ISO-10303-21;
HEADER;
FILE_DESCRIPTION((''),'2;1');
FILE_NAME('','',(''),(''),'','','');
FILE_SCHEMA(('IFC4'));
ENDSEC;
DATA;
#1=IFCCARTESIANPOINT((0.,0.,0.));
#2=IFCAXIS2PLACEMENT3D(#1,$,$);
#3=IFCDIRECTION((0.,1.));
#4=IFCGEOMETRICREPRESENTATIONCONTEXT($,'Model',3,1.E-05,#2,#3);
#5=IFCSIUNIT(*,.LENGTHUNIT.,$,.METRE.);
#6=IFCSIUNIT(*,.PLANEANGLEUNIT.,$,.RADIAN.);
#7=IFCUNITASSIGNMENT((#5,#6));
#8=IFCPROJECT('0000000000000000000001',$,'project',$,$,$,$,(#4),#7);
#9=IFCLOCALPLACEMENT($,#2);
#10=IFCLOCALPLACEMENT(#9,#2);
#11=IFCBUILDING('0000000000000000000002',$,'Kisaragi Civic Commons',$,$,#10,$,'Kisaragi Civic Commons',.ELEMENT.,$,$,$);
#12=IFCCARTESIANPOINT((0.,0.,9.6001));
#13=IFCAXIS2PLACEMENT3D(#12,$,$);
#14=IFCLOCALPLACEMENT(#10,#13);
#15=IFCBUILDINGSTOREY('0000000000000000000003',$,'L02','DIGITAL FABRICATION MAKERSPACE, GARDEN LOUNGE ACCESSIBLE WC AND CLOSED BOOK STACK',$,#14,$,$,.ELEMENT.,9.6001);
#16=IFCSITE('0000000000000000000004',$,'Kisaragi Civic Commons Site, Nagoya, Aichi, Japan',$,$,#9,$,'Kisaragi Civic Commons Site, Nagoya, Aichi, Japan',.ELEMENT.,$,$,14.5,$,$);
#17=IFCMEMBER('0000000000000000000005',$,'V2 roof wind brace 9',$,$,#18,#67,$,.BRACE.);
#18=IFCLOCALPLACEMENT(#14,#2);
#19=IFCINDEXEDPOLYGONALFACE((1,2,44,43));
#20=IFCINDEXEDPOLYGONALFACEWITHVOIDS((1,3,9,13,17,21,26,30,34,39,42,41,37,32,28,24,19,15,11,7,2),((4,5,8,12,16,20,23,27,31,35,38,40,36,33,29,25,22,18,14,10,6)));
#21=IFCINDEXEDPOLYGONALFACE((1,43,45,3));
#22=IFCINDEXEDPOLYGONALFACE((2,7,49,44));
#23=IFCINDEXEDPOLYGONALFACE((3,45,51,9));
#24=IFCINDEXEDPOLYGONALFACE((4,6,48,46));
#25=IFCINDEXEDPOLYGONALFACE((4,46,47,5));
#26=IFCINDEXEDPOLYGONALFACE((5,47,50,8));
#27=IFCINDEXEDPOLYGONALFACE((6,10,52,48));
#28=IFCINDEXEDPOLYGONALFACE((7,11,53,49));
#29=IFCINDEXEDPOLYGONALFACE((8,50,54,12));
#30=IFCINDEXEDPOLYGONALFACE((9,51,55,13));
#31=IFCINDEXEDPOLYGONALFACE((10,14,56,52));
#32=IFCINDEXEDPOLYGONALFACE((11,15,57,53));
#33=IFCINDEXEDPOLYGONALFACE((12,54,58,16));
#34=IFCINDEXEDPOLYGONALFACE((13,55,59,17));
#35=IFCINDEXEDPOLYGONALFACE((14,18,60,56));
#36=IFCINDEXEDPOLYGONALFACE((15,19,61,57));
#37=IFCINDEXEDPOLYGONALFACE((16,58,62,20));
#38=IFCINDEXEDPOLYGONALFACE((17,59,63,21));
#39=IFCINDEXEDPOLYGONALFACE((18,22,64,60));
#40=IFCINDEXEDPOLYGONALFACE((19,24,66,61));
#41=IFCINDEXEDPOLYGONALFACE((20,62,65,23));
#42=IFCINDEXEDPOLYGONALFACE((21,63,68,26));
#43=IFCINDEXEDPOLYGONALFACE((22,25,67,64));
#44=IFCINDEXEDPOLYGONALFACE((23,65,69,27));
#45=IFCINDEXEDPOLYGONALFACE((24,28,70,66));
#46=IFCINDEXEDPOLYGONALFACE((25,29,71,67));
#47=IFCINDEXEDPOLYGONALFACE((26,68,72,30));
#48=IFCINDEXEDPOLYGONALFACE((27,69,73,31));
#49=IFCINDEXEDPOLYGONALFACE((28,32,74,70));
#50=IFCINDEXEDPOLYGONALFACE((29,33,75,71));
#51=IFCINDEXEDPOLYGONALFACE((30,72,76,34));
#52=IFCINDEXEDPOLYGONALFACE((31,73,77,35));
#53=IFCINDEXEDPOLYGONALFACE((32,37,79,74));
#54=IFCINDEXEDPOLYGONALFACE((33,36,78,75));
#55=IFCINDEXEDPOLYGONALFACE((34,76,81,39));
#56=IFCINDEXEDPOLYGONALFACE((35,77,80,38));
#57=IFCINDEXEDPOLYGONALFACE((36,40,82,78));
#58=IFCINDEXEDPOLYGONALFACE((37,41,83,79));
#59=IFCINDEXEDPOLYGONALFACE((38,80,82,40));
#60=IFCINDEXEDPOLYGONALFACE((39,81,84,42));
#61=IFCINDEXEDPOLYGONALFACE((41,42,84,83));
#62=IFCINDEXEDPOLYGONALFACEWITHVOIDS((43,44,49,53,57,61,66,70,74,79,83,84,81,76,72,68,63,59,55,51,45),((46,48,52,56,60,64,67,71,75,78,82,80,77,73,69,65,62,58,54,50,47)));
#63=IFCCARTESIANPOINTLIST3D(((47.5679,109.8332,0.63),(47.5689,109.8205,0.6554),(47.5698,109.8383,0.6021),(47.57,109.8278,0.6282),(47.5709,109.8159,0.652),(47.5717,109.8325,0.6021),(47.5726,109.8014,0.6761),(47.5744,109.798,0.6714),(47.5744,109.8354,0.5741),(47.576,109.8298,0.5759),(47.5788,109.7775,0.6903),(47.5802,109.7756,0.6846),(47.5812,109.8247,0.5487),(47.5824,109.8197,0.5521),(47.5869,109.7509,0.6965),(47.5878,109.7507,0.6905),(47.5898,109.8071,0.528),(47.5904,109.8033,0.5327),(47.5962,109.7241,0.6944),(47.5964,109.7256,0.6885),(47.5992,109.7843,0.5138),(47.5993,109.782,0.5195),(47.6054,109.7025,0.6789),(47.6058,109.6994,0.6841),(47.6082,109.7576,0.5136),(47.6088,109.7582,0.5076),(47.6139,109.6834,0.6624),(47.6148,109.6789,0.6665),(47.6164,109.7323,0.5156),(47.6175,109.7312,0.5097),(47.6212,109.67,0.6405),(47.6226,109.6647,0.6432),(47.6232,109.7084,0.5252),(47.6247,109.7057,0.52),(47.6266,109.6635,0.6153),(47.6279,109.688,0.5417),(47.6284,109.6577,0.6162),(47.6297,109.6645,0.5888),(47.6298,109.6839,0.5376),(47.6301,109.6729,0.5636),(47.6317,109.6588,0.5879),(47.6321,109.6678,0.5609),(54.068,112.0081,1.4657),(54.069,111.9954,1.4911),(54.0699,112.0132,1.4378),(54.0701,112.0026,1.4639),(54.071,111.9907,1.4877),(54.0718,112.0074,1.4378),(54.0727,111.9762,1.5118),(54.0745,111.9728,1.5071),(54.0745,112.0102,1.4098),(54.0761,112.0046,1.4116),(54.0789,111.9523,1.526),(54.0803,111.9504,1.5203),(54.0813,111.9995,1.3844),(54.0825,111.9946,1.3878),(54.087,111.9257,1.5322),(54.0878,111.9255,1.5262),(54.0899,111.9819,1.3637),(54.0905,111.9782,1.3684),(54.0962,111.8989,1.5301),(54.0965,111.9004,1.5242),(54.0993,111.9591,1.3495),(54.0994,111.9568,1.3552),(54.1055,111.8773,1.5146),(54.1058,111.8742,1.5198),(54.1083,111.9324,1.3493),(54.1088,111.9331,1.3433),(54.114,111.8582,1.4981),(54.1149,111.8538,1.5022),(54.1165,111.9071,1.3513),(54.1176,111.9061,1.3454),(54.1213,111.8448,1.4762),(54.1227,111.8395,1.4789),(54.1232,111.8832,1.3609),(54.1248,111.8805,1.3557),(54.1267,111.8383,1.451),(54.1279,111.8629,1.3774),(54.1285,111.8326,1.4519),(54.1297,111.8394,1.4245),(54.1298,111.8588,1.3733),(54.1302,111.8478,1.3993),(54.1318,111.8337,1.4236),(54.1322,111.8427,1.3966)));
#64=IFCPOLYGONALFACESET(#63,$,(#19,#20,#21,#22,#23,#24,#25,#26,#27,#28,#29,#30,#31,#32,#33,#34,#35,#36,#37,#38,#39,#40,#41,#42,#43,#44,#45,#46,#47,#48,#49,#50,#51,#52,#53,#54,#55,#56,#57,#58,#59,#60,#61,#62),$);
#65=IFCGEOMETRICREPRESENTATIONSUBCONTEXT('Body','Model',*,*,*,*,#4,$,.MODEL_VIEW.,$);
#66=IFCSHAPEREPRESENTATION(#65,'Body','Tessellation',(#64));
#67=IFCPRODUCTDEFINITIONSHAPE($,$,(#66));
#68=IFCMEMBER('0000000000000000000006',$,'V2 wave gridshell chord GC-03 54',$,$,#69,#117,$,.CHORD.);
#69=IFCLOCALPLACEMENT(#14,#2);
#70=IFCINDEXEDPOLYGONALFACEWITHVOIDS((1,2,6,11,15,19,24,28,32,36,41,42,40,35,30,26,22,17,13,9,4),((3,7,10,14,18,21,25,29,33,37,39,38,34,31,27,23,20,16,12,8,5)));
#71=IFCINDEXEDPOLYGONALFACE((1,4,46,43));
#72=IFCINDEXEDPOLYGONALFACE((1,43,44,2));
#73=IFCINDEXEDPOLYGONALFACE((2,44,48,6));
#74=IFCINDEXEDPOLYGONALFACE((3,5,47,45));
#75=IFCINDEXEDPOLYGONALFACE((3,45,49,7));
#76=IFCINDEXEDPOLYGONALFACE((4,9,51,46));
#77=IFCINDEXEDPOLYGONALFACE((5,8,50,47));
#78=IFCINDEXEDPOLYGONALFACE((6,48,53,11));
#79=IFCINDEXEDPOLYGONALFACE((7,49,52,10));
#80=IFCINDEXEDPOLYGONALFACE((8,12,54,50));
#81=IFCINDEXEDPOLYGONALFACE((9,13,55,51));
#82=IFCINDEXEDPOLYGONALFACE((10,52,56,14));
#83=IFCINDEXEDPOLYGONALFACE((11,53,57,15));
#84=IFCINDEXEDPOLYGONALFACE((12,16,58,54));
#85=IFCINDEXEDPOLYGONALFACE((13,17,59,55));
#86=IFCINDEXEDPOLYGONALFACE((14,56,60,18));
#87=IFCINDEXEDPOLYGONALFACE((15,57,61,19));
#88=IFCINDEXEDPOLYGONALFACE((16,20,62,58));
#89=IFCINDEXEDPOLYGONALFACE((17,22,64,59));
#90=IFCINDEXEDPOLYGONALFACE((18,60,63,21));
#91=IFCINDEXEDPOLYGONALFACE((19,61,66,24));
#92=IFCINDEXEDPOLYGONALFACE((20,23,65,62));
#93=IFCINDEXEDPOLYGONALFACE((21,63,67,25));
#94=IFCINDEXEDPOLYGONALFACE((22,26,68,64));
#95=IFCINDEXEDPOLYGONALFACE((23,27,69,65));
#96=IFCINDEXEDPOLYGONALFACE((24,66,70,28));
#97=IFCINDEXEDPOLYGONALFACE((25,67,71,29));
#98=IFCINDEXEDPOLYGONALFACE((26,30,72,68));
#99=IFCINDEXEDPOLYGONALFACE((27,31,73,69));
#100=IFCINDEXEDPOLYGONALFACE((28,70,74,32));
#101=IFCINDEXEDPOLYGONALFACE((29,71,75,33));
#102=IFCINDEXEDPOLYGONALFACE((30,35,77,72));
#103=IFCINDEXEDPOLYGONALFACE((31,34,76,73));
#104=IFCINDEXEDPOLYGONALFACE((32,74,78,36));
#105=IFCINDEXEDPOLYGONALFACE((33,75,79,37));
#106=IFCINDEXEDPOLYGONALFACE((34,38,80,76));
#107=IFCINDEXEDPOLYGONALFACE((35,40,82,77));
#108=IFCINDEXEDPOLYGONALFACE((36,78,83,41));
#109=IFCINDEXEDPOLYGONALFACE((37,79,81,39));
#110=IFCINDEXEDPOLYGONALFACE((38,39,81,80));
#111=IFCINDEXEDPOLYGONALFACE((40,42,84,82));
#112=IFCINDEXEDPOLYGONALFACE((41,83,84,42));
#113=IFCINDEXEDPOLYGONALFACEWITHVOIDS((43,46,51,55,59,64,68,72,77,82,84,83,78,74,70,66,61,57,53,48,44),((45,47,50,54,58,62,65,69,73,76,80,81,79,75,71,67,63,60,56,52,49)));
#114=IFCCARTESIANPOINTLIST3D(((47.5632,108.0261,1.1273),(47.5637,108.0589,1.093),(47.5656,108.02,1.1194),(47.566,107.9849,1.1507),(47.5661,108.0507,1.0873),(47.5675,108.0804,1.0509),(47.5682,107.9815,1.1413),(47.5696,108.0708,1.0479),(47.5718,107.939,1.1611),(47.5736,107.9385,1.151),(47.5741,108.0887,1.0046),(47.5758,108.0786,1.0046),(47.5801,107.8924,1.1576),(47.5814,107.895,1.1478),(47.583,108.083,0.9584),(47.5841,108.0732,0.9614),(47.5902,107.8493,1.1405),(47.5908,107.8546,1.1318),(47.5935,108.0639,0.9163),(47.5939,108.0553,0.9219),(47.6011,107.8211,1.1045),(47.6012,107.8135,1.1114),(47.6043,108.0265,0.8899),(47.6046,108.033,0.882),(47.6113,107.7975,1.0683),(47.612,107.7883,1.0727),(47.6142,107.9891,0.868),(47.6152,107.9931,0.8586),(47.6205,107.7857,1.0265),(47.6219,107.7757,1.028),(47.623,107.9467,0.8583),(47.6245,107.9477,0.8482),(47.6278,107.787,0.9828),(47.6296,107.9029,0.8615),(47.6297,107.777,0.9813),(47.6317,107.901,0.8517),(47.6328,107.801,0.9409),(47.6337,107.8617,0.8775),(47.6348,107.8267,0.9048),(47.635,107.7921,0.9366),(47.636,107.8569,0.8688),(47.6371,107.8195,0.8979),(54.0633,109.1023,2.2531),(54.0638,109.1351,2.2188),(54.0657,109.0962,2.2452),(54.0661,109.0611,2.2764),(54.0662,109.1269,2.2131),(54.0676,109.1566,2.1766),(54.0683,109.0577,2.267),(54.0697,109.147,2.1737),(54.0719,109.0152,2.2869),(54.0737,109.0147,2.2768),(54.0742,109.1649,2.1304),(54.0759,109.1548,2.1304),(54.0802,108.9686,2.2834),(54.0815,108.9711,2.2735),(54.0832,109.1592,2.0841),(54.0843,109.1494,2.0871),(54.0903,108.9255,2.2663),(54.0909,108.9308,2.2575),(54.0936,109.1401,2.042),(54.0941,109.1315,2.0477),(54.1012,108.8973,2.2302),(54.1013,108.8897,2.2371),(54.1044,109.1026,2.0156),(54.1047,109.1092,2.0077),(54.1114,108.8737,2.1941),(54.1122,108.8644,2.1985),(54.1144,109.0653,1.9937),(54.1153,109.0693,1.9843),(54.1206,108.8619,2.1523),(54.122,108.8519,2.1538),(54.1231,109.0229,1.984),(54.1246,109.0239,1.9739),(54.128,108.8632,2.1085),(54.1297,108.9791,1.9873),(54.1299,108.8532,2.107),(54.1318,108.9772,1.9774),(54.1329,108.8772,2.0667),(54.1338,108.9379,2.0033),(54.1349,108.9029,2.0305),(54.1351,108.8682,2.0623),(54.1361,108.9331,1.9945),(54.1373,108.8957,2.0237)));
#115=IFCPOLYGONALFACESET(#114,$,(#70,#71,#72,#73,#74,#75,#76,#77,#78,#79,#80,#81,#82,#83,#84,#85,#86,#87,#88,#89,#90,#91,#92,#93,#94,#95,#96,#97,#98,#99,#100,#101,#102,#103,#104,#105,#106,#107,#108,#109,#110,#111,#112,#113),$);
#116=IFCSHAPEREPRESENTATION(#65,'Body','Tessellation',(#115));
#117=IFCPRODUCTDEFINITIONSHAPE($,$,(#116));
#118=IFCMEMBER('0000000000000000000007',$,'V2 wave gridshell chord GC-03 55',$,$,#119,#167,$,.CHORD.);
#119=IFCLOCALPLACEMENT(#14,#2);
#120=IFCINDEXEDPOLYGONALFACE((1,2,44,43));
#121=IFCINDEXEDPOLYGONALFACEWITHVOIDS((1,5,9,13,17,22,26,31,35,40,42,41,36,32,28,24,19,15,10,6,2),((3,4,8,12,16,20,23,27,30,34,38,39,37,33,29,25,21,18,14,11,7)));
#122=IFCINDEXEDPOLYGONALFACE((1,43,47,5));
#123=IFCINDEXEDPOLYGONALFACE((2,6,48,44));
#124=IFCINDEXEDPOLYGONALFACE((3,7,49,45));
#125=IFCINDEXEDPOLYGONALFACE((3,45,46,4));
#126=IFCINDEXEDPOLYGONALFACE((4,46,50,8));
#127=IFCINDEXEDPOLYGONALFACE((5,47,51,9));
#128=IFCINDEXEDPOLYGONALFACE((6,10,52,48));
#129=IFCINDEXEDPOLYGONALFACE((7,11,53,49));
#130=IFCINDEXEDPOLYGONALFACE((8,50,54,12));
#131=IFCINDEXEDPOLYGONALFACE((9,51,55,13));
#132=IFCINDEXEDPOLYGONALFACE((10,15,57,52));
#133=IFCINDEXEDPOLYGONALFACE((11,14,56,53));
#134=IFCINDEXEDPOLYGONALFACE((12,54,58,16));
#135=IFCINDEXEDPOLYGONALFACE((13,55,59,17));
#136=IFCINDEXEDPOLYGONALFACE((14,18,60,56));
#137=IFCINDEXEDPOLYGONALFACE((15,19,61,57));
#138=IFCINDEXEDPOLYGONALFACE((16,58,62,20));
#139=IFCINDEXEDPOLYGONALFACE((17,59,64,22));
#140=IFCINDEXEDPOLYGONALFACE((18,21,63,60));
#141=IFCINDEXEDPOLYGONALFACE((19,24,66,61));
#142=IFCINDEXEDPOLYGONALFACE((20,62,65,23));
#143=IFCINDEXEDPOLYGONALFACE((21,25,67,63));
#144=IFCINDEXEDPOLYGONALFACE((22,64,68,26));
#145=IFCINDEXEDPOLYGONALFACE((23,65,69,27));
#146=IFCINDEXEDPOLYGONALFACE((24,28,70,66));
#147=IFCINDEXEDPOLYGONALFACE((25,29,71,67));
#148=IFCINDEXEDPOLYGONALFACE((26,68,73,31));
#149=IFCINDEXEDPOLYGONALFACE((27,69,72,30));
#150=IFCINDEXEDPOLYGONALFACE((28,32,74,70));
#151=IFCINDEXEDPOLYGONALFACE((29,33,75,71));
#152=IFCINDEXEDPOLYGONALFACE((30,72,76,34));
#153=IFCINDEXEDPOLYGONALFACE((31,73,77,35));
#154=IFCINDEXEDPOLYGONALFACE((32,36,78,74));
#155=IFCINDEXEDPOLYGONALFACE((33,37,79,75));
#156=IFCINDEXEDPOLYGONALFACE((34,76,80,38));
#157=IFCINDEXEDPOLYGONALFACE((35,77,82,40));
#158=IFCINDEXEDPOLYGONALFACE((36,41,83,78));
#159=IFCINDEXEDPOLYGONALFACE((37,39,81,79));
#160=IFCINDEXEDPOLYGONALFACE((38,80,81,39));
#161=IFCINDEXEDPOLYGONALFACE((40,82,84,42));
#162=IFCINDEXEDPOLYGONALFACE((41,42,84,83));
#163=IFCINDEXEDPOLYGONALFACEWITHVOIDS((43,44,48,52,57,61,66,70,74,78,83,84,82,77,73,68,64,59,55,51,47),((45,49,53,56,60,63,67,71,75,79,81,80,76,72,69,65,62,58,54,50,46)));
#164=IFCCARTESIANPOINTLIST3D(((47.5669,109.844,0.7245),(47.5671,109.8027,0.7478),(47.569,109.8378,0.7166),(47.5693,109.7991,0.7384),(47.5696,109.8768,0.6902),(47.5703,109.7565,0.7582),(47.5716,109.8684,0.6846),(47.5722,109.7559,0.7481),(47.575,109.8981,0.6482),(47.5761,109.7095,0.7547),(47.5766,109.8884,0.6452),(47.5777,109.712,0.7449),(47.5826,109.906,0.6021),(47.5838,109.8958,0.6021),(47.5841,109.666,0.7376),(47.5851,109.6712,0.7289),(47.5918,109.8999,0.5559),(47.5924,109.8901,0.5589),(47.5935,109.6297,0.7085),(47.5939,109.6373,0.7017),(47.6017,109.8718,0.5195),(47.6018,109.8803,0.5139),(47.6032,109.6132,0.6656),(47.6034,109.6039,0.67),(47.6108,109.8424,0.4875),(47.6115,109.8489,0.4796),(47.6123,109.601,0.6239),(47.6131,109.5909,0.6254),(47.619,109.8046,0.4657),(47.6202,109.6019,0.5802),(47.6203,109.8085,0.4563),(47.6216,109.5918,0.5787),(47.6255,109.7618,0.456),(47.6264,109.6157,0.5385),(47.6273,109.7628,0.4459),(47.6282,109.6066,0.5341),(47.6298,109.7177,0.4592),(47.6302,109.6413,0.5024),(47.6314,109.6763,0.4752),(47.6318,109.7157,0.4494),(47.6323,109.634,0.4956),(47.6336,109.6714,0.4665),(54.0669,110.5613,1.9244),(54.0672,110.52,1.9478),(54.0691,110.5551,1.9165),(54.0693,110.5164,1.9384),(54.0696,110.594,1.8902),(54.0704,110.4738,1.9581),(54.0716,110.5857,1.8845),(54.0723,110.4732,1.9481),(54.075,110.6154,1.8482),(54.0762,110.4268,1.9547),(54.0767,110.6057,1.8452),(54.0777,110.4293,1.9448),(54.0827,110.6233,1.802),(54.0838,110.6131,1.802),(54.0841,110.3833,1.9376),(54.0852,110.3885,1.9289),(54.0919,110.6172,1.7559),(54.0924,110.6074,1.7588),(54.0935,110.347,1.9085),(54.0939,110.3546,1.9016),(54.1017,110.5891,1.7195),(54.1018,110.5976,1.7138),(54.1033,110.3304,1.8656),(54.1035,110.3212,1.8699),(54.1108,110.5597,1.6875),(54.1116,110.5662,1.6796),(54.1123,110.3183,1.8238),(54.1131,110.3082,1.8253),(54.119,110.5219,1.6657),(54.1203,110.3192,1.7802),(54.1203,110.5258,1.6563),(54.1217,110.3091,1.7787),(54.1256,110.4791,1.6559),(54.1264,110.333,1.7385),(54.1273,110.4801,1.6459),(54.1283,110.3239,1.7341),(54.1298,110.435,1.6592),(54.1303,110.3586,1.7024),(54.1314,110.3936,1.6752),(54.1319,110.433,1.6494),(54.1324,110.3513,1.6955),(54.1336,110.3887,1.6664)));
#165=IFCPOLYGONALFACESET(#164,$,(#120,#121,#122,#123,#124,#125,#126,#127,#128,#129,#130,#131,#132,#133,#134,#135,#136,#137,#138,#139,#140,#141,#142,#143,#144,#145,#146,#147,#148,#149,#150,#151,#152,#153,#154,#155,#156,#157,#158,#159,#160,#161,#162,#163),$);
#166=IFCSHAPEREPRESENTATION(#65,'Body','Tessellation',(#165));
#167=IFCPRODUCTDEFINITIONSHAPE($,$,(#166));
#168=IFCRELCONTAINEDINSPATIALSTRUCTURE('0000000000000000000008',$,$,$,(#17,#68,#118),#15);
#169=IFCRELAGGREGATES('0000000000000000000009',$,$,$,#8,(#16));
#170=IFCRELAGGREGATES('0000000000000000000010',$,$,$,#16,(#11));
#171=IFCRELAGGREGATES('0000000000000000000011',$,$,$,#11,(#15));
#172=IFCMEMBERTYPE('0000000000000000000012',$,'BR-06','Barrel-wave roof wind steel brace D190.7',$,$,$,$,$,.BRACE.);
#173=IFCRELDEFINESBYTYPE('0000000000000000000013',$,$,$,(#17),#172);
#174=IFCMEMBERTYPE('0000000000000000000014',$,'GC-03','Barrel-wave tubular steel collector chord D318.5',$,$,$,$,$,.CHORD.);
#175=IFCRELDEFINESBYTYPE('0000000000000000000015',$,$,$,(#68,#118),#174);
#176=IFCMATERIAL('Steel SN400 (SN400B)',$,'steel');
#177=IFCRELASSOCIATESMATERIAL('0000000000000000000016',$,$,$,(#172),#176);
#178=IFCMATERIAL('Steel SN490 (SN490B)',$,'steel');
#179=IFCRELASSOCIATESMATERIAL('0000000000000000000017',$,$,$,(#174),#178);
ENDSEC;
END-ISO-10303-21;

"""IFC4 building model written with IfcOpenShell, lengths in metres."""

from ifc_helpers import new_model, si_unit, direction, frame, origin, origin_2d, place, context, subcontext, project, spatial, hollow_circle, extrude, material, material_profile, profile_set, type_object, element, save


model = new_model("IFC4")

# Units and contexts
model_context = context("Model", 3, precision=1e-05, world=origin(), true_north=direction((0.0, 1.0)))
body_context = subcontext(model_context, "Body", "Model", "MODEL_VIEW")
ifc_project = project(units=[si_unit("LENGTHUNIT", "METRE"), si_unit("PLANEANGLEUNIT", "RADIAN")], contexts=[model_context])

# Site, building, storey
site_placement = place(None, origin())
site = spatial("IfcSite", under=ifc_project, at=site_placement, Name="Kisaragi Civic Commons Site, Nagoya, Aichi, Japan", LongName="Kisaragi Civic Commons Site, Nagoya, Aichi, Japan", CompositionType="ELEMENT", RefElevation=14.5)
building_placement = place(site_placement, origin())
building = spatial("IfcBuilding", under=site, at=building_placement, Name="Kisaragi Civic Commons", LongName="Kisaragi Civic Commons", CompositionType="ELEMENT")
storey_placement = place(building_placement, frame((0.0, 0.0, 9.6001)))
storey = spatial("IfcBuildingStorey", under=building, at=storey_placement, Name="L02", Description="DIGITAL FABRICATION MAKERSPACE, GARDEN LOUNGE ACCESSIBLE WC AND CLOSED BOOK STACK", CompositionType="ELEMENT", Elevation=9.6001)

# Members
ifc_material_1 = material(Name="Steel SN400 (SN400B)", Category="steel")
ifc_material_profile_1 = material_profile(ifc_material_1, hollow_circle(Radius=0.0955, WallThickness=0.0061, at=origin_2d()), Name="CHS-190.7x6.0", Category="steel")
ifc_profile_set_1 = profile_set([ifc_material_profile_1], Name="Steel SN400 (SN400B)")
member_type_1 = type_object("IfcMemberType", Name="BR-06", Description="Barrel-wave roof wind steel brace D190.7", PredefinedType="BRACE", material=ifc_profile_set_1)
member_1_placement = place(storey_placement, frame((47.6001, 109.7478, 0.6021), z_axis=(0.941355, 0.314964, 0.121028), x_axis=(-0.317296, 0.948327, 0.0)))
element("IfcMember", 1, at=member_1_placement, inside=storey, type_object=member_type_1, Name="V2 roof wind brace 9", PredefinedType="BRACE", context=body_context, shape_type="SweptSolid", body=[
    extrude(hollow_circle(Radius=0.0955, WallThickness=0.0061, at=origin_2d()), origin(), (0.0, 0.0, 1.0), 6.905),
])
ifc_material_2 = material(Name="Steel SN490 (SN490B)", Category="steel")
ifc_material_profile_2 = material_profile(ifc_material_2, hollow_circle(Radius=0.1592, WallThickness=0.0103, at=origin_2d()), Name="CHS-318.5x10.3", Category="steel")
ifc_profile_set_2 = profile_set([ifc_material_profile_2], Name="Steel SN490 (SN490B)")
member_type_2 = type_object("IfcMemberType", Name="GC-03", Description="Barrel-wave tubular steel collector chord D318.5", PredefinedType="CHORD", material=ifc_profile_set_2)
member_2_placement = place(storey_placement, frame((47.6001, 107.9316, 1.0046), z_axis=(0.972476, 0.161008, 0.168423), x_axis=(-0.163341, 0.98657, 0.0)))
element("IfcMember", 2, at=member_2_placement, inside=storey, type_object=member_type_2, Name="V2 wave gridshell chord GC-03 54", PredefinedType="CHORD", context=body_context, shape_type="SweptSolid", body=[
    extrude(hollow_circle(Radius=0.1592, WallThickness=0.0103, at=origin_2d()), origin(), (0.0, 0.0, 1.0), 6.6841),
])
member_3_placement = place(storey_placement, frame((47.6001, 109.7478, 0.6021), z_axis=(0.977644, 0.107885, 0.180481), x_axis=(-0.109686, 0.993966, 0.0)))
element("IfcMember", 3, at=member_3_placement, inside=storey, type_object=member_type_2, Name="V2 wave gridshell chord GC-03 55", PredefinedType="CHORD", context=body_context, shape_type="SweptSolid", body=[
    extrude(hollow_circle(Radius=0.1592, WallThickness=0.0103, at=origin_2d()), origin(), (0.0, 0.0, 1.0), 6.6487),
])

save(model, "model.ifc")
